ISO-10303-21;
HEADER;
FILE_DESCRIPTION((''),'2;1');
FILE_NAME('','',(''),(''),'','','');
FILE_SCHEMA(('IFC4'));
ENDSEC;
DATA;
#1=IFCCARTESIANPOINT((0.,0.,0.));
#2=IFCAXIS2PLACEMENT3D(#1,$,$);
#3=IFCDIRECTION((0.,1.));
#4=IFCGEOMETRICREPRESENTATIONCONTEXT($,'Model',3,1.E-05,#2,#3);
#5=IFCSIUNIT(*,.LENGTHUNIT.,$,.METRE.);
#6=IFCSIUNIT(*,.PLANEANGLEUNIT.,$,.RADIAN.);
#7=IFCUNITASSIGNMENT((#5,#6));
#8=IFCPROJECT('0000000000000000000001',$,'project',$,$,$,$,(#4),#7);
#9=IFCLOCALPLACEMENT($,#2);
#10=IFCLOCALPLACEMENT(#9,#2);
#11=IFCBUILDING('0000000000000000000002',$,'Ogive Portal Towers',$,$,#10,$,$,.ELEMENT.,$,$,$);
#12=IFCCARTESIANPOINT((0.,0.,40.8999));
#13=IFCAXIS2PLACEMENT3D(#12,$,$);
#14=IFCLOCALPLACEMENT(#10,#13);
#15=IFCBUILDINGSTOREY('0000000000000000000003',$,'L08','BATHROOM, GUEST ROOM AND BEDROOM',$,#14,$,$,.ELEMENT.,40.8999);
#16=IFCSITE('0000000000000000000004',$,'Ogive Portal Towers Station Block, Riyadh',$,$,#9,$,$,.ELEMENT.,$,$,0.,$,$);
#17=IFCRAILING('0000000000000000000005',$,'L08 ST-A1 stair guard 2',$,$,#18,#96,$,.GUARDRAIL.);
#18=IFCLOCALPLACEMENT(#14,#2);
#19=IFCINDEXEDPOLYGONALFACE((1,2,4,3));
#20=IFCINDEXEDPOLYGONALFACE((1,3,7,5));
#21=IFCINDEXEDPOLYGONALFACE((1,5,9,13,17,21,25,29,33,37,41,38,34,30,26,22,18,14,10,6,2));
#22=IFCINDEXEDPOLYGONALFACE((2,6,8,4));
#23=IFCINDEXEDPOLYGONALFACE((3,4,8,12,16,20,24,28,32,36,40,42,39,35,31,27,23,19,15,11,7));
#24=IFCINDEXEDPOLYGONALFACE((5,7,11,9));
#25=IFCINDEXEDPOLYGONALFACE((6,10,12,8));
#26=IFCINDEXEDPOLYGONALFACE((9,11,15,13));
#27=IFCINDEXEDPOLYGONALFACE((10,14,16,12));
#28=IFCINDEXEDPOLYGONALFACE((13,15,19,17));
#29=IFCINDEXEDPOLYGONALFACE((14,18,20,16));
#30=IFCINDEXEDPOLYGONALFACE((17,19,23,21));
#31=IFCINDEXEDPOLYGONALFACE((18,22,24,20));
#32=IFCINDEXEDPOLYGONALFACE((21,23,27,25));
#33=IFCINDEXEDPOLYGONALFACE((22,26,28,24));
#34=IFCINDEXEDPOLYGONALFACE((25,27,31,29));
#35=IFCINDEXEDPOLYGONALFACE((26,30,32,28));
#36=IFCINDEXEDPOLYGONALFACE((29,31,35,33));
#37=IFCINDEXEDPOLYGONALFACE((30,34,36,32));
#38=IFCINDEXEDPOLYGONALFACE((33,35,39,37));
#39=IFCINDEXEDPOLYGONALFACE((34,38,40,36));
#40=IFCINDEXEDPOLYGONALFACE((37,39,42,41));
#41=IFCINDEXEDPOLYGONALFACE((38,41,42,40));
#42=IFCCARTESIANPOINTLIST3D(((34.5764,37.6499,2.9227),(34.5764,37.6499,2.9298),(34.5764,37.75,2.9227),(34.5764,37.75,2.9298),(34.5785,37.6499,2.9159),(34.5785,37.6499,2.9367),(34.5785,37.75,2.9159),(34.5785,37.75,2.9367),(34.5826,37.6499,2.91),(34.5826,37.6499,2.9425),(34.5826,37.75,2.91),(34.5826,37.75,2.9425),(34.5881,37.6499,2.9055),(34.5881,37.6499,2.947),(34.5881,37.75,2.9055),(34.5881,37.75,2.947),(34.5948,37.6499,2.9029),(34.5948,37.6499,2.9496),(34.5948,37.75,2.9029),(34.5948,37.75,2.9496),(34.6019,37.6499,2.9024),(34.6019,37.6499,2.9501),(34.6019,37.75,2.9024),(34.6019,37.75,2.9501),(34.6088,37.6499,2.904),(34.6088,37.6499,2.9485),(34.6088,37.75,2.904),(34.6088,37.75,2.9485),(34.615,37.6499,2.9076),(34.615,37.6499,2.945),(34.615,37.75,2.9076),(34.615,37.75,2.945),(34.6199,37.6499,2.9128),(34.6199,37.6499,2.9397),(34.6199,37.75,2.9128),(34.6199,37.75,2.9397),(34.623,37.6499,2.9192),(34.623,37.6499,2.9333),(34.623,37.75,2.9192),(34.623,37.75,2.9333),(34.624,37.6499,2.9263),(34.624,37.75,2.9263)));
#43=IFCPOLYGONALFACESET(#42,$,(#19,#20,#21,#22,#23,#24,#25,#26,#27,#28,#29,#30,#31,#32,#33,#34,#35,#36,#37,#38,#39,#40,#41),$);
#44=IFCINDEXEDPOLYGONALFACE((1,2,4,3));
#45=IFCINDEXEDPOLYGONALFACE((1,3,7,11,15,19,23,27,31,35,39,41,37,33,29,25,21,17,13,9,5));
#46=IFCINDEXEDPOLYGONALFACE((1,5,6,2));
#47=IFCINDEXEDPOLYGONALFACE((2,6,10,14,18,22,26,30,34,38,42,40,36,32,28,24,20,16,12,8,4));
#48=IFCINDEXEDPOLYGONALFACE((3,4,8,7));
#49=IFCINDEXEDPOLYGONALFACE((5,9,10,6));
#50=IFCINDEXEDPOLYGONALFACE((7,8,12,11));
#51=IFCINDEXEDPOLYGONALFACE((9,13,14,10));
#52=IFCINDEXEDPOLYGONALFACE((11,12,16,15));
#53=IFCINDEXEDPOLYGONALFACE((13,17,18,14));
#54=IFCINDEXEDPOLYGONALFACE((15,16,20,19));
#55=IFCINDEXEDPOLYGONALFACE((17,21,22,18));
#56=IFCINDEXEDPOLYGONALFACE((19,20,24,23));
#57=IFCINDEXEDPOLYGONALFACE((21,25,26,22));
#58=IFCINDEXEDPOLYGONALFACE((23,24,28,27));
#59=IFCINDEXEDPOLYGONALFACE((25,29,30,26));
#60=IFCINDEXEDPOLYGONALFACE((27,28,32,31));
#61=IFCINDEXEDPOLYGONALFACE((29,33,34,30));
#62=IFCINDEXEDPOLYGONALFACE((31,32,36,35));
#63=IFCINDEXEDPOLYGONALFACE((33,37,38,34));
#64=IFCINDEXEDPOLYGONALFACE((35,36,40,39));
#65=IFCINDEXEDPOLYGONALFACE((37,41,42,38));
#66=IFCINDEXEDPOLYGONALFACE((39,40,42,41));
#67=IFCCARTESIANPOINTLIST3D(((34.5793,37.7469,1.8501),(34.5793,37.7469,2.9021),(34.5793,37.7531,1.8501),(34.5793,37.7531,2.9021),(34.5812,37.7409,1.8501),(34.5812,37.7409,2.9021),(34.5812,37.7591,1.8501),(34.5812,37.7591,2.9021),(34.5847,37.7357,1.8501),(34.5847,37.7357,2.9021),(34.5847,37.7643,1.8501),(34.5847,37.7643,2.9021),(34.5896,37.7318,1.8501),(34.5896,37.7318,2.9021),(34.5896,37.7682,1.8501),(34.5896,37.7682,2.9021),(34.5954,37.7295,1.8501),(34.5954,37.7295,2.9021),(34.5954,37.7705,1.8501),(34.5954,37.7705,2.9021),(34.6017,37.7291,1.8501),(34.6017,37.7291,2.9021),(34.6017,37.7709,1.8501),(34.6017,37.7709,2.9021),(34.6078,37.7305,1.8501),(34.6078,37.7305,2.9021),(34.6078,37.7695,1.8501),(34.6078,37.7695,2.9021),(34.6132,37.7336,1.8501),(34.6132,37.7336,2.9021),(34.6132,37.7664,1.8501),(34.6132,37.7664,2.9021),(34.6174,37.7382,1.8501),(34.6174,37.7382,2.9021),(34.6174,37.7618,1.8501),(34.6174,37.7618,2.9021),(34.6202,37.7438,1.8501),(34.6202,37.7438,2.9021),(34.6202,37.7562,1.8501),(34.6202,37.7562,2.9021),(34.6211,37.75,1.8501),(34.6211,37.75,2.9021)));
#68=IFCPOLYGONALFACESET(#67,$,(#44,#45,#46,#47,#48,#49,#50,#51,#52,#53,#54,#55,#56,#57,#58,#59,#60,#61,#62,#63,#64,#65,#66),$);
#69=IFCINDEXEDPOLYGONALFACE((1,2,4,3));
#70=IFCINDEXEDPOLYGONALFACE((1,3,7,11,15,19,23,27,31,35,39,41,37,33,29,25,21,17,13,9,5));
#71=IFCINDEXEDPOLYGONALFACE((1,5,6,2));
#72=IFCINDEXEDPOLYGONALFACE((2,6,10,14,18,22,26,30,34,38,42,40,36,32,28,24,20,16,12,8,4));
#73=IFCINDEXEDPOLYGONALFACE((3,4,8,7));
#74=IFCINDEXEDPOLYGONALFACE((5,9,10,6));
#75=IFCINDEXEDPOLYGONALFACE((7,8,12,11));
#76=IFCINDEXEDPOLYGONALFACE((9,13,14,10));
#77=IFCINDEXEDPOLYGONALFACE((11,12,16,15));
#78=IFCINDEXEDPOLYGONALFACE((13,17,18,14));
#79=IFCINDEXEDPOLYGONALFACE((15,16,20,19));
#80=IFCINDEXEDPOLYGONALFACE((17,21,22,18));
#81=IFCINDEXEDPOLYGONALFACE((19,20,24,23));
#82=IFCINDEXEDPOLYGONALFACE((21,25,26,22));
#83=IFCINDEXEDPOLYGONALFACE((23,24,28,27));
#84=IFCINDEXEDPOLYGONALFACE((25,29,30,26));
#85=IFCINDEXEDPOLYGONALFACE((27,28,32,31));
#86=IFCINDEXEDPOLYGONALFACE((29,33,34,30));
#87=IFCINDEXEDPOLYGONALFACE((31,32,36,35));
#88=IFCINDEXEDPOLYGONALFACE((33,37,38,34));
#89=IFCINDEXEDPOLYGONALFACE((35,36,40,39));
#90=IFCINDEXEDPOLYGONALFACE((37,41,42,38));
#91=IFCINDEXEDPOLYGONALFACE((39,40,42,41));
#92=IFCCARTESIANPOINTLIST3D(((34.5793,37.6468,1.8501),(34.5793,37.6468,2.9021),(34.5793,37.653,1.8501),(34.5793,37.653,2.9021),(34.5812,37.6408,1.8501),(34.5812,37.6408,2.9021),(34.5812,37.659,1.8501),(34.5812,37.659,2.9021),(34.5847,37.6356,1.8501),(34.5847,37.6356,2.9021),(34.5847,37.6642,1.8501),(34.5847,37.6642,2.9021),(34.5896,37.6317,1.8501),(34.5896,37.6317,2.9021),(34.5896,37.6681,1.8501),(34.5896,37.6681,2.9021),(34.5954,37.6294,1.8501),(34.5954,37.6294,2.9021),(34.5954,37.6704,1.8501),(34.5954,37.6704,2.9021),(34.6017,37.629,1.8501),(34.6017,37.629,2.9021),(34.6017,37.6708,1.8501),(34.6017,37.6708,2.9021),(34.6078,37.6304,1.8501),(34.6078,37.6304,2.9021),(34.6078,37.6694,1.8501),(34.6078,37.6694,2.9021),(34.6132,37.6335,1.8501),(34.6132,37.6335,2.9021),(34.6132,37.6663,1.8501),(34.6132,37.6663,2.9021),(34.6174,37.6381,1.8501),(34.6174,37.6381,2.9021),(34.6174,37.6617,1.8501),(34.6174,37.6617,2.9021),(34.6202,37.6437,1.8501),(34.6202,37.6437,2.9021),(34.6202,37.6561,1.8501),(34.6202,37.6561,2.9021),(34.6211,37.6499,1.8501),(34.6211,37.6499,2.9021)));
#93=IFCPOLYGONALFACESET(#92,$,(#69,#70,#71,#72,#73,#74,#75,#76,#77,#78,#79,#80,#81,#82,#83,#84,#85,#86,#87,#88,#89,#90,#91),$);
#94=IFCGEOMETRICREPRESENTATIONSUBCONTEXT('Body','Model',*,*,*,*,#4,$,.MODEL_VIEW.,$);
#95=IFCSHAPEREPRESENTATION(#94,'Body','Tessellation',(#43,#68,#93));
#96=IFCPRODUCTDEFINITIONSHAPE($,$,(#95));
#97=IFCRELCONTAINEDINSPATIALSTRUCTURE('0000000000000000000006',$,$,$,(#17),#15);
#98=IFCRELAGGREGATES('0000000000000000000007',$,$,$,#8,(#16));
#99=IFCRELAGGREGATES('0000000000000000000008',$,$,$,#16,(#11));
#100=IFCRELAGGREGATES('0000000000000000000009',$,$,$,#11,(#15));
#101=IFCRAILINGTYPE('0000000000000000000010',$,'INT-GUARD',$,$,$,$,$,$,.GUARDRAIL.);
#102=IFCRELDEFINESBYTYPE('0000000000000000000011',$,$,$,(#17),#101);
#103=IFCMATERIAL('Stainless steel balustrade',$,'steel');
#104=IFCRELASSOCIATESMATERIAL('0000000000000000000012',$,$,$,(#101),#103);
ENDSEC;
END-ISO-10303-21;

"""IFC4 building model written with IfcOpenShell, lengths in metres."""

from ifc_helpers import new_model, si_unit, direction, frame, origin, origin_2d, place, context, subcontext, project, spatial, circle, extrude, material, type_object, element, save


model = new_model("IFC4")

# Units and contexts
model_context = context("Model", 3, precision=1e-05, world=origin(), true_north=direction((0.0, 1.0)))
body_context = subcontext(model_context, "Body", "Model", "MODEL_VIEW")
ifc_project = project(units=[si_unit("LENGTHUNIT", "METRE"), si_unit("PLANEANGLEUNIT", "RADIAN")], contexts=[model_context])

# Site, building, storey
site_placement = place(None, origin())
site = spatial("IfcSite", under=ifc_project, at=site_placement, Name="Ogive Portal Towers Station Block, Riyadh", CompositionType="ELEMENT", RefElevation=0.0)
building_placement = place(site_placement, origin())
building = spatial("IfcBuilding", under=site, at=building_placement, Name="Ogive Portal Towers", CompositionType="ELEMENT")
storey_placement = place(building_placement, frame((0.0, 0.0, 40.8999)))
storey = spatial("IfcBuildingStorey", under=building, at=storey_placement, Name="L08", Description="BATHROOM, GUEST ROOM AND BEDROOM", CompositionType="ELEMENT", Elevation=40.8999)

# Railing
ifc_material_1 = material(Name="Stainless steel balustrade", Category="steel")
railing_type_1 = type_object("IfcRailingType", Name="INT-GUARD", PredefinedType="GUARDRAIL", material=ifc_material_1)
railing_1_placement = place(storey_placement, frame((34.6001, 37.75, 1.8501)))
element("IfcRailing", 1, at=railing_1_placement, inside=storey, type_object=railing_type_1, Name="L08 ST-A1 stair guard 2", PredefinedType="GUARDRAIL", context=body_context, shape_type="SweptSolid", body=[
    extrude(circle(Radius=0.0239, at=origin_2d()), frame((0.0, 0.0, 1.0762), z_axis=(0.0, -1.0, 0.0), x_axis=(1.0, 0.0, 0.0)), (0.0, 0.0, 1.0), 0.1001),
    extrude(circle(Radius=0.021, at=origin_2d()), origin(), (0.0, 0.0, 1.0), 1.052),
    extrude(circle(Radius=0.021, at=origin_2d()), frame((0.0, -0.1001, 0.0)), (0.0, 0.0, 1.0), 1.052),
])

save(model, "model.ifc")
